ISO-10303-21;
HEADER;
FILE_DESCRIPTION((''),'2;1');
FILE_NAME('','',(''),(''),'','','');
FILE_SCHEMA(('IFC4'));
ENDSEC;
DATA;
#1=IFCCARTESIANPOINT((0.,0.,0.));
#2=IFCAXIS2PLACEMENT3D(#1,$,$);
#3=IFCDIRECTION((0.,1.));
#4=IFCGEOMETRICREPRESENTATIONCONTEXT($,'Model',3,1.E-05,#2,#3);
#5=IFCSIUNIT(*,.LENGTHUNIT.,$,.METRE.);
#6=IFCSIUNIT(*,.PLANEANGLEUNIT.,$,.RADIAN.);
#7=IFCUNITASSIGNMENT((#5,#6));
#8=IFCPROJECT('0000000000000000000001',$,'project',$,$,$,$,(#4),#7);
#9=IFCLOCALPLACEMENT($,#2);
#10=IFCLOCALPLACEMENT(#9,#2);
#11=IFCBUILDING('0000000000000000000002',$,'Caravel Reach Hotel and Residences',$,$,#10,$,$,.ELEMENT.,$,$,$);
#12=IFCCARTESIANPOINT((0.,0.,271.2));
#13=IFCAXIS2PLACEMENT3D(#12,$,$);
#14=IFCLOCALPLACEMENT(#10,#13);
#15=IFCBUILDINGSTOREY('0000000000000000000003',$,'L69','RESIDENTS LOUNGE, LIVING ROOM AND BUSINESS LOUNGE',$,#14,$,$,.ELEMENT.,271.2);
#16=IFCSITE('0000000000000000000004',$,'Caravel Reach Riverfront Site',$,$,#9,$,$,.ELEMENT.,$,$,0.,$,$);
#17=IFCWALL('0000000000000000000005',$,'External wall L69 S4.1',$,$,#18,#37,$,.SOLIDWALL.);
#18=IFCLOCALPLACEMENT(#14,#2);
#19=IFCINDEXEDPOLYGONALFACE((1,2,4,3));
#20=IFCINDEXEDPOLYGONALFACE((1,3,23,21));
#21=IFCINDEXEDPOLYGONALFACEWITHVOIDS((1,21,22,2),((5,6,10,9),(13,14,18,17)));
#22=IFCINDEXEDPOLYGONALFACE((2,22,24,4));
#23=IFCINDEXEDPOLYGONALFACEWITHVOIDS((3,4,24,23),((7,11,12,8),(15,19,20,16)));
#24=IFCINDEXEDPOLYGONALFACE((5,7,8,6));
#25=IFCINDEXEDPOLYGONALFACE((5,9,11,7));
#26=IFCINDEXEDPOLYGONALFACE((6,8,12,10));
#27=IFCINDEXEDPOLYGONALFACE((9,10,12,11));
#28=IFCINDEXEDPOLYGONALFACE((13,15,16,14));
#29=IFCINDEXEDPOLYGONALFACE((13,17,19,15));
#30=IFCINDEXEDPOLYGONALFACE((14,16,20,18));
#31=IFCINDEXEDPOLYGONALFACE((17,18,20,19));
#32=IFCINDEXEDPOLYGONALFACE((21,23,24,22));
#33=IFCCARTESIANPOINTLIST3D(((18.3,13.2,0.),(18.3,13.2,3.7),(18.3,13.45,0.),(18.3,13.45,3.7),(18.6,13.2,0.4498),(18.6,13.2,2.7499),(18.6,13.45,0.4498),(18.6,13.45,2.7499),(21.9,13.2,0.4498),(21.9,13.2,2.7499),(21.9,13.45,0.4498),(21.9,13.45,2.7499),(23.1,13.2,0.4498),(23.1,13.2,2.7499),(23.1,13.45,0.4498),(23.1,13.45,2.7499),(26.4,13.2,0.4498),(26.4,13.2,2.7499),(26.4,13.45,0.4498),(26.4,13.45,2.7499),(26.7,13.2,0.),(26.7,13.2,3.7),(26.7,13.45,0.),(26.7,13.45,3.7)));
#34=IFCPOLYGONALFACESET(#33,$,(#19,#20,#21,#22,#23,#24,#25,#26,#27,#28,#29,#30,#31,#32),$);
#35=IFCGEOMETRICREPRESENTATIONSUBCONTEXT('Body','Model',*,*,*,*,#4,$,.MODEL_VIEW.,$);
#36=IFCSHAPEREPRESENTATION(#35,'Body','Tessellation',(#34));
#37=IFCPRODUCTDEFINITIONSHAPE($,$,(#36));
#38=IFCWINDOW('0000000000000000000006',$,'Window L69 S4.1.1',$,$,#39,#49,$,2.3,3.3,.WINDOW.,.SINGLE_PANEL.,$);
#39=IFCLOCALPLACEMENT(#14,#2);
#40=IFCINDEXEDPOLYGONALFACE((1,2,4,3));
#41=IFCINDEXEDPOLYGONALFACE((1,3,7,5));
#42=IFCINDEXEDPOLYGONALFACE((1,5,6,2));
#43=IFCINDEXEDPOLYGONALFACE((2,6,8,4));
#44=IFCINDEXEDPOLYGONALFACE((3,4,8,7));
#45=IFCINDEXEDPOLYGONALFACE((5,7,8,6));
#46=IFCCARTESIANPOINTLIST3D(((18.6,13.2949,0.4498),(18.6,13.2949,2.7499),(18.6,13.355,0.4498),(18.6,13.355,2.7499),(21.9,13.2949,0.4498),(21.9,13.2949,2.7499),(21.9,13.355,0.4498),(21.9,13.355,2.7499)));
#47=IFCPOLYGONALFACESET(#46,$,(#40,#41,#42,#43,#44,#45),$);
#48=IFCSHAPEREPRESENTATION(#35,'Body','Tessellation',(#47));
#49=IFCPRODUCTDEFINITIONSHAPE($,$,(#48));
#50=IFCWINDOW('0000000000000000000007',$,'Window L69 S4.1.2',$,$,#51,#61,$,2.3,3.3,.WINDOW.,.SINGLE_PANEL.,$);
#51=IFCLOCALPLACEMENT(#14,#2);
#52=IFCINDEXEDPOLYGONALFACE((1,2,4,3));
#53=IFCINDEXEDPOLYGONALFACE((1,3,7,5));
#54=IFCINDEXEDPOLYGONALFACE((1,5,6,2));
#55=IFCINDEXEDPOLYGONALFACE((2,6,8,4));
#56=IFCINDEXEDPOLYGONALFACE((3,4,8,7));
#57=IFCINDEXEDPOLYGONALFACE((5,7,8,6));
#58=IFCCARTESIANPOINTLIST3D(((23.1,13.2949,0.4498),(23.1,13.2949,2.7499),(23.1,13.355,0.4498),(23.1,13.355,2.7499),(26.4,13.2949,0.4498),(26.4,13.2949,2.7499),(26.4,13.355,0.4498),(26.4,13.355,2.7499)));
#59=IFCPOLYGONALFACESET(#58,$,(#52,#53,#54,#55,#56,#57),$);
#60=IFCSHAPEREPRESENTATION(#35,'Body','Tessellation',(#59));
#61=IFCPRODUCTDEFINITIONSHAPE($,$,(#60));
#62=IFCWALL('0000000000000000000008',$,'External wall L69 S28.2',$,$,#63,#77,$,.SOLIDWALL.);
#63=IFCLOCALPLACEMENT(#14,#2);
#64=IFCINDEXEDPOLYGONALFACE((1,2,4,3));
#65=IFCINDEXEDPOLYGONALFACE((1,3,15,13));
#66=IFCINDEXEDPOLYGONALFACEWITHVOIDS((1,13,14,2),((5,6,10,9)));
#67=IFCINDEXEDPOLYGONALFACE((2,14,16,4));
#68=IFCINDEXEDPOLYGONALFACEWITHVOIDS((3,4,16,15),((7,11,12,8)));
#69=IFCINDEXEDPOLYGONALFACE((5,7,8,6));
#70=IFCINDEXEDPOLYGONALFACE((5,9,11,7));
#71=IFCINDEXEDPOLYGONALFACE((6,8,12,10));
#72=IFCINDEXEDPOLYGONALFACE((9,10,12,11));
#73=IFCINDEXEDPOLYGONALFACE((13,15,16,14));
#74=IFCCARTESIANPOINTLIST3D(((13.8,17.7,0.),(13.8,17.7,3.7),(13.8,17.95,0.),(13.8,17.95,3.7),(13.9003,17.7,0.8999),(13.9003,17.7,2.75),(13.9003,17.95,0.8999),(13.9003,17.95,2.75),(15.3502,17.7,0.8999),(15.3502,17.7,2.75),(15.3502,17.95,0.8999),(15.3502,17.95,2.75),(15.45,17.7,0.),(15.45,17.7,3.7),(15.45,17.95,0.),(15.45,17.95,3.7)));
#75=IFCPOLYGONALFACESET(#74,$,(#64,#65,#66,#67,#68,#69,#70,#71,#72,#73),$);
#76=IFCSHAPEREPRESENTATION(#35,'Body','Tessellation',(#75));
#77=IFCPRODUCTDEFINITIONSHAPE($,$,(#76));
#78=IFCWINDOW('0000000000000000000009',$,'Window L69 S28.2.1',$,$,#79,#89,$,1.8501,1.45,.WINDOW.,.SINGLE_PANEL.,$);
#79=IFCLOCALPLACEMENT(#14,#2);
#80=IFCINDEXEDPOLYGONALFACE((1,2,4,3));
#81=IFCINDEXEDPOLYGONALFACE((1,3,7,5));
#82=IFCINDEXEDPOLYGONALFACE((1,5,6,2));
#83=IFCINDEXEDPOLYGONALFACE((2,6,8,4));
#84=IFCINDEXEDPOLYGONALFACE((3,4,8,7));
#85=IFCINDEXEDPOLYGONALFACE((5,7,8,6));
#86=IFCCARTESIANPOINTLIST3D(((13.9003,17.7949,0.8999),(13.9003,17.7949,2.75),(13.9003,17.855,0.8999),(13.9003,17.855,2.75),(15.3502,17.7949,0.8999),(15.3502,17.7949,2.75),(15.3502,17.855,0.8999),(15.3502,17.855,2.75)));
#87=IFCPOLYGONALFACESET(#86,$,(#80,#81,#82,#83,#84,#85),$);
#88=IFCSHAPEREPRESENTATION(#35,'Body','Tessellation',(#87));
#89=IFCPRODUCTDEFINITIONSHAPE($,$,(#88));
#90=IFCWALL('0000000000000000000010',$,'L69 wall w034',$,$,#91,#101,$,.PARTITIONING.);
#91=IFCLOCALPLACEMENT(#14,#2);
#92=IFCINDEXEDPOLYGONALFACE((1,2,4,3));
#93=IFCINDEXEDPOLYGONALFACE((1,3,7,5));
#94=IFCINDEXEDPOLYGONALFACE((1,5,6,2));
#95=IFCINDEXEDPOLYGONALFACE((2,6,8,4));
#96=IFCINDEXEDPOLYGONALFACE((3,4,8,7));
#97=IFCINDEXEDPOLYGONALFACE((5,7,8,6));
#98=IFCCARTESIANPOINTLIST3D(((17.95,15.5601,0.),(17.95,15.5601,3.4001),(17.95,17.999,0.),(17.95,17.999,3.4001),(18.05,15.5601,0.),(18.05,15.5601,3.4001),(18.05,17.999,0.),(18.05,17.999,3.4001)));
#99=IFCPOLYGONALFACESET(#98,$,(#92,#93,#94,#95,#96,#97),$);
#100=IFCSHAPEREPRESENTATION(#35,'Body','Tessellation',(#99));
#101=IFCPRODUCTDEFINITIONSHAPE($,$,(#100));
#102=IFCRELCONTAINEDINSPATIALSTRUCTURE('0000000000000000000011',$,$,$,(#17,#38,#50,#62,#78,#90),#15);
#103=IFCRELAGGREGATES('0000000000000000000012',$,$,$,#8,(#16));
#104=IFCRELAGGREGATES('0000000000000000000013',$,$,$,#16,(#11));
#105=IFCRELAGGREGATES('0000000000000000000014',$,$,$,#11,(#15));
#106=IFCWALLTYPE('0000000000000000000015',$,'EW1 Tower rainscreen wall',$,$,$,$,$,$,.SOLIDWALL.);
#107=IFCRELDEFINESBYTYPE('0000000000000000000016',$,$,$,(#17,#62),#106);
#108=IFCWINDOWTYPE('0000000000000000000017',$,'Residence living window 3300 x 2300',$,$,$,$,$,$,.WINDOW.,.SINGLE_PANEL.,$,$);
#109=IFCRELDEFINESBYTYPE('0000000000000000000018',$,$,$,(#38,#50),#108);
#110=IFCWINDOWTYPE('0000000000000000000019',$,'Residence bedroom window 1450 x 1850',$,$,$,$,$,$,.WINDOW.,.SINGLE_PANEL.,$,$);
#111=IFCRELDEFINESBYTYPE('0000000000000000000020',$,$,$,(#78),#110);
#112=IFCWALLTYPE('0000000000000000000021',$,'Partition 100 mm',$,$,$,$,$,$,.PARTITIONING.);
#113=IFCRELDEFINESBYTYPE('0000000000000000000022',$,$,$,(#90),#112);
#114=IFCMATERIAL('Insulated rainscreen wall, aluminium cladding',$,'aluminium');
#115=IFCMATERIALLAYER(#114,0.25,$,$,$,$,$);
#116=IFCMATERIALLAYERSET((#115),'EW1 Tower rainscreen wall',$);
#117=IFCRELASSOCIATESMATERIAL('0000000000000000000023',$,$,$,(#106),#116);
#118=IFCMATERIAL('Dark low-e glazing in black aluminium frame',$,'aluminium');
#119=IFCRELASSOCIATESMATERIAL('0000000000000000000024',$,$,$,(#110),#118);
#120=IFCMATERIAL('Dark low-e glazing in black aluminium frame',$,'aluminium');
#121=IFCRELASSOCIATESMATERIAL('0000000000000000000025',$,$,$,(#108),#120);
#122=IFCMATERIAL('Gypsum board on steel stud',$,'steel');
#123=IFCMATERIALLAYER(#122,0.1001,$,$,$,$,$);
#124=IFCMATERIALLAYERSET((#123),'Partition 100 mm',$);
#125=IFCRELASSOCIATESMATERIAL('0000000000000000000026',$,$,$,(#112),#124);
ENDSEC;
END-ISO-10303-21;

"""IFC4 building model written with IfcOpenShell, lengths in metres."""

from ifc_helpers import new_model, si_unit, direction, frame, frame_2d, origin, place, context, subcontext, project, spatial, rectangle, extrude, material, layer, layer_set, type_object, element, fill, save


model = new_model("IFC4")

# Units and contexts
model_context = context("Model", 3, precision=1e-05, world=origin(), true_north=direction((0.0, 1.0)))
body_context = subcontext(model_context, "Body", "Model", "MODEL_VIEW")
ifc_project = project(units=[si_unit("LENGTHUNIT", "METRE"), si_unit("PLANEANGLEUNIT", "RADIAN")], contexts=[model_context])

# Site, building, storey
site_placement = place(None, origin())
site = spatial("IfcSite", under=ifc_project, at=site_placement, Name="Caravel Reach Riverfront Site", CompositionType="ELEMENT", RefElevation=0.0)
building_placement = place(site_placement, origin())
building = spatial("IfcBuilding", under=site, at=building_placement, Name="Caravel Reach Hotel and Residences", CompositionType="ELEMENT")
storey_placement = place(building_placement, frame((0.0, 0.0, 271.2)))
storey = spatial("IfcBuildingStorey", under=building, at=storey_placement, Name="L69", Description="RESIDENTS LOUNGE, LIVING ROOM AND BUSINESS LOUNGE", CompositionType="ELEMENT", Elevation=271.2)

# Shared definitions
ifc_material_1 = material(Name="Insulated rainscreen wall, aluminium cladding", Category="aluminium")
ifc_layer_1 = layer(ifc_material_1, 0.25)
ifc_layer_set_1 = layer_set([ifc_layer_1], Name="EW1 Tower rainscreen wall")
wall_type_1 = type_object("IfcWallType", Name="EW1 Tower rainscreen wall", PredefinedType="SOLIDWALL", material=ifc_layer_set_1)
ifc_material_2 = material(Name="Dark low-e glazing in black aluminium frame", Category="aluminium")
window_type_1 = type_object("IfcWindowType", Name="Residence bedroom window 1450 x 1850", PartitioningType="SINGLE_PANEL", PredefinedType="WINDOW", material=ifc_material_2)

# Wall, openings, windows
wall_1_placement = place(storey_placement, frame((18.3, 13.325, 0.0), z_axis=(0.0, 0.0, 1.0), x_axis=(1.0, 0.0, 0.0)))
wall_1 = element("IfcWall", 1, at=wall_1_placement, inside=storey, type_object=wall_type_1, Name="External wall L69 S4.1", PredefinedType="SOLIDWALL", context=body_context, shape_type="SweptSolid", body=[
    extrude(rectangle(XDim=8.3999, YDim=0.25, at=frame_2d((4.2, 0.0))), origin(), (0.0, 0.0, 1.0), 3.7),
])
opening_1_placement = place(wall_1_placement, frame((0.3, 0.0, 0.45)))
opening_1 = element("IfcOpeningElement", 2, at=opening_1_placement, cuts=wall_1, PredefinedType="OPENING", context=body_context, shape_type="SweptSolid", body=[
    extrude(rectangle(XDim=3.3, YDim=2.3, at=frame_2d((1.6499, 1.1499))), frame((0.0, 0.135, 0.0), z_axis=(0.0, -1.0, 0.0), x_axis=(1.0, 0.0, 0.0)), (0.0, 0.0, 1.0), 0.27),
])
opening_2_placement = place(wall_1_placement, frame((4.8, 0.0, 0.45)))
opening_2 = element("IfcOpeningElement", 3, at=opening_2_placement, cuts=wall_1, PredefinedType="OPENING", context=body_context, shape_type="SweptSolid", body=[
    extrude(rectangle(XDim=3.3, YDim=2.3, at=frame_2d((1.6499, 1.1499))), frame((0.0, 0.135, 0.0), z_axis=(0.0, -1.0, 0.0), x_axis=(1.0, 0.0, 0.0)), (0.0, 0.0, 1.0), 0.27),
])
ifc_material_3 = material(Name="Dark low-e glazing in black aluminium frame", Category="aluminium")
window_type_2 = type_object("IfcWindowType", Name="Residence living window 3300 x 2300", PartitioningType="SINGLE_PANEL", PredefinedType="WINDOW", material=ifc_material_3)
window_1_placement = place(opening_1_placement, origin())
window_1 = element("IfcWindow", 4, at=window_1_placement, inside=storey, type_object=window_type_2, Name="Window L69 S4.1.1", OverallHeight=2.3, OverallWidth=3.3, PartitioningType="SINGLE_PANEL", PredefinedType="WINDOW", context=body_context, shape_type="SweptSolid", body=[
    extrude(rectangle(XDim=3.3, YDim=2.3, at=frame_2d((1.6499, 1.1499))), frame((0.0, 0.03, 0.0), z_axis=(0.0, -1.0, 0.0), x_axis=(1.0, 0.0, 0.0)), (0.0, 0.0, 1.0), 0.0601),
])
fill(opening_1, window_1)
window_2_placement = place(opening_2_placement, origin())
window_2 = element("IfcWindow", 5, at=window_2_placement, inside=storey, type_object=window_type_2, Name="Window L69 S4.1.2", OverallHeight=2.3, OverallWidth=3.3, PartitioningType="SINGLE_PANEL", PredefinedType="WINDOW", context=body_context, shape_type="SweptSolid", body=[
    extrude(rectangle(XDim=3.3, YDim=2.3, at=frame_2d((1.6499, 1.1499))), frame((0.0, 0.03, 0.0), z_axis=(0.0, -1.0, 0.0), x_axis=(1.0, 0.0, 0.0)), (0.0, 0.0, 1.0), 0.0601),
])
fill(opening_2, window_2)

# Wall, opening, window
wall_2_placement = place(storey_placement, frame((13.8, 17.825, 0.0), z_axis=(0.0, 0.0, 1.0), x_axis=(1.0, 0.0, 0.0)))
wall_2 = element("IfcWall", 6, at=wall_2_placement, inside=storey, type_object=wall_type_1, Name="External wall L69 S28.2", PredefinedType="SOLIDWALL", context=body_context, shape_type="SweptSolid", body=[
    extrude(rectangle(XDim=1.6499, YDim=0.25, at=frame_2d((0.825, 0.0))), origin(), (0.0, 0.0, 1.0), 3.7),
])
opening_3_placement = place(wall_2_placement, frame((0.1001, 0.0, 0.8999)))
opening_3 = element("IfcOpeningElement", 7, at=opening_3_placement, cuts=wall_2, PredefinedType="OPENING", context=body_context, shape_type="SweptSolid", body=[
    extrude(rectangle(XDim=1.45, YDim=1.8501, at=frame_2d((0.7251, 0.925))), frame((0.0, 0.135, 0.0), z_axis=(0.0, -1.0, 0.0), x_axis=(1.0, 0.0, 0.0)), (0.0, 0.0, 1.0), 0.27),
])
window_3_placement = place(opening_3_placement, origin())
window_3 = element("IfcWindow", 8, at=window_3_placement, inside=storey, type_object=window_type_1, Name="Window L69 S28.2.1", OverallHeight=1.8501, OverallWidth=1.45, PartitioningType="SINGLE_PANEL", PredefinedType="WINDOW", context=body_context, shape_type="SweptSolid", body=[
    extrude(rectangle(XDim=1.45, YDim=1.8501, at=frame_2d((0.7251, 0.925))), frame((0.0, 0.03, 0.0), z_axis=(0.0, -1.0, 0.0), x_axis=(1.0, 0.0, 0.0)), (0.0, 0.0, 1.0), 0.0601),
])
fill(opening_3, window_3)

# Wall
ifc_material_4 = material(Name="Gypsum board on steel stud", Category="steel")
ifc_layer_2 = layer(ifc_material_4, 0.1001)
ifc_layer_set_2 = layer_set([ifc_layer_2], Name="Partition 100 mm")
wall_type_2 = type_object("IfcWallType", Name="Partition 100 mm", PredefinedType="PARTITIONING", material=ifc_layer_set_2)
wall_3_placement = place(storey_placement, frame((18.0, 15.5601, 0.0), z_axis=(0.0, 0.0, 1.0), x_axis=(0.0, 1.0, 0.0)))
element("IfcWall", 9, at=wall_3_placement, inside=storey, type_object=wall_type_2, Name="L69 wall w034", PredefinedType="PARTITIONING", context=body_context, shape_type="SweptSolid", body=[
    extrude(rectangle(XDim=2.439, YDim=0.1001, at=frame_2d((1.2195, 0.0))), origin(), (0.0, 0.0, 1.0), 3.4001),
])

save(model, "model.ifc")
